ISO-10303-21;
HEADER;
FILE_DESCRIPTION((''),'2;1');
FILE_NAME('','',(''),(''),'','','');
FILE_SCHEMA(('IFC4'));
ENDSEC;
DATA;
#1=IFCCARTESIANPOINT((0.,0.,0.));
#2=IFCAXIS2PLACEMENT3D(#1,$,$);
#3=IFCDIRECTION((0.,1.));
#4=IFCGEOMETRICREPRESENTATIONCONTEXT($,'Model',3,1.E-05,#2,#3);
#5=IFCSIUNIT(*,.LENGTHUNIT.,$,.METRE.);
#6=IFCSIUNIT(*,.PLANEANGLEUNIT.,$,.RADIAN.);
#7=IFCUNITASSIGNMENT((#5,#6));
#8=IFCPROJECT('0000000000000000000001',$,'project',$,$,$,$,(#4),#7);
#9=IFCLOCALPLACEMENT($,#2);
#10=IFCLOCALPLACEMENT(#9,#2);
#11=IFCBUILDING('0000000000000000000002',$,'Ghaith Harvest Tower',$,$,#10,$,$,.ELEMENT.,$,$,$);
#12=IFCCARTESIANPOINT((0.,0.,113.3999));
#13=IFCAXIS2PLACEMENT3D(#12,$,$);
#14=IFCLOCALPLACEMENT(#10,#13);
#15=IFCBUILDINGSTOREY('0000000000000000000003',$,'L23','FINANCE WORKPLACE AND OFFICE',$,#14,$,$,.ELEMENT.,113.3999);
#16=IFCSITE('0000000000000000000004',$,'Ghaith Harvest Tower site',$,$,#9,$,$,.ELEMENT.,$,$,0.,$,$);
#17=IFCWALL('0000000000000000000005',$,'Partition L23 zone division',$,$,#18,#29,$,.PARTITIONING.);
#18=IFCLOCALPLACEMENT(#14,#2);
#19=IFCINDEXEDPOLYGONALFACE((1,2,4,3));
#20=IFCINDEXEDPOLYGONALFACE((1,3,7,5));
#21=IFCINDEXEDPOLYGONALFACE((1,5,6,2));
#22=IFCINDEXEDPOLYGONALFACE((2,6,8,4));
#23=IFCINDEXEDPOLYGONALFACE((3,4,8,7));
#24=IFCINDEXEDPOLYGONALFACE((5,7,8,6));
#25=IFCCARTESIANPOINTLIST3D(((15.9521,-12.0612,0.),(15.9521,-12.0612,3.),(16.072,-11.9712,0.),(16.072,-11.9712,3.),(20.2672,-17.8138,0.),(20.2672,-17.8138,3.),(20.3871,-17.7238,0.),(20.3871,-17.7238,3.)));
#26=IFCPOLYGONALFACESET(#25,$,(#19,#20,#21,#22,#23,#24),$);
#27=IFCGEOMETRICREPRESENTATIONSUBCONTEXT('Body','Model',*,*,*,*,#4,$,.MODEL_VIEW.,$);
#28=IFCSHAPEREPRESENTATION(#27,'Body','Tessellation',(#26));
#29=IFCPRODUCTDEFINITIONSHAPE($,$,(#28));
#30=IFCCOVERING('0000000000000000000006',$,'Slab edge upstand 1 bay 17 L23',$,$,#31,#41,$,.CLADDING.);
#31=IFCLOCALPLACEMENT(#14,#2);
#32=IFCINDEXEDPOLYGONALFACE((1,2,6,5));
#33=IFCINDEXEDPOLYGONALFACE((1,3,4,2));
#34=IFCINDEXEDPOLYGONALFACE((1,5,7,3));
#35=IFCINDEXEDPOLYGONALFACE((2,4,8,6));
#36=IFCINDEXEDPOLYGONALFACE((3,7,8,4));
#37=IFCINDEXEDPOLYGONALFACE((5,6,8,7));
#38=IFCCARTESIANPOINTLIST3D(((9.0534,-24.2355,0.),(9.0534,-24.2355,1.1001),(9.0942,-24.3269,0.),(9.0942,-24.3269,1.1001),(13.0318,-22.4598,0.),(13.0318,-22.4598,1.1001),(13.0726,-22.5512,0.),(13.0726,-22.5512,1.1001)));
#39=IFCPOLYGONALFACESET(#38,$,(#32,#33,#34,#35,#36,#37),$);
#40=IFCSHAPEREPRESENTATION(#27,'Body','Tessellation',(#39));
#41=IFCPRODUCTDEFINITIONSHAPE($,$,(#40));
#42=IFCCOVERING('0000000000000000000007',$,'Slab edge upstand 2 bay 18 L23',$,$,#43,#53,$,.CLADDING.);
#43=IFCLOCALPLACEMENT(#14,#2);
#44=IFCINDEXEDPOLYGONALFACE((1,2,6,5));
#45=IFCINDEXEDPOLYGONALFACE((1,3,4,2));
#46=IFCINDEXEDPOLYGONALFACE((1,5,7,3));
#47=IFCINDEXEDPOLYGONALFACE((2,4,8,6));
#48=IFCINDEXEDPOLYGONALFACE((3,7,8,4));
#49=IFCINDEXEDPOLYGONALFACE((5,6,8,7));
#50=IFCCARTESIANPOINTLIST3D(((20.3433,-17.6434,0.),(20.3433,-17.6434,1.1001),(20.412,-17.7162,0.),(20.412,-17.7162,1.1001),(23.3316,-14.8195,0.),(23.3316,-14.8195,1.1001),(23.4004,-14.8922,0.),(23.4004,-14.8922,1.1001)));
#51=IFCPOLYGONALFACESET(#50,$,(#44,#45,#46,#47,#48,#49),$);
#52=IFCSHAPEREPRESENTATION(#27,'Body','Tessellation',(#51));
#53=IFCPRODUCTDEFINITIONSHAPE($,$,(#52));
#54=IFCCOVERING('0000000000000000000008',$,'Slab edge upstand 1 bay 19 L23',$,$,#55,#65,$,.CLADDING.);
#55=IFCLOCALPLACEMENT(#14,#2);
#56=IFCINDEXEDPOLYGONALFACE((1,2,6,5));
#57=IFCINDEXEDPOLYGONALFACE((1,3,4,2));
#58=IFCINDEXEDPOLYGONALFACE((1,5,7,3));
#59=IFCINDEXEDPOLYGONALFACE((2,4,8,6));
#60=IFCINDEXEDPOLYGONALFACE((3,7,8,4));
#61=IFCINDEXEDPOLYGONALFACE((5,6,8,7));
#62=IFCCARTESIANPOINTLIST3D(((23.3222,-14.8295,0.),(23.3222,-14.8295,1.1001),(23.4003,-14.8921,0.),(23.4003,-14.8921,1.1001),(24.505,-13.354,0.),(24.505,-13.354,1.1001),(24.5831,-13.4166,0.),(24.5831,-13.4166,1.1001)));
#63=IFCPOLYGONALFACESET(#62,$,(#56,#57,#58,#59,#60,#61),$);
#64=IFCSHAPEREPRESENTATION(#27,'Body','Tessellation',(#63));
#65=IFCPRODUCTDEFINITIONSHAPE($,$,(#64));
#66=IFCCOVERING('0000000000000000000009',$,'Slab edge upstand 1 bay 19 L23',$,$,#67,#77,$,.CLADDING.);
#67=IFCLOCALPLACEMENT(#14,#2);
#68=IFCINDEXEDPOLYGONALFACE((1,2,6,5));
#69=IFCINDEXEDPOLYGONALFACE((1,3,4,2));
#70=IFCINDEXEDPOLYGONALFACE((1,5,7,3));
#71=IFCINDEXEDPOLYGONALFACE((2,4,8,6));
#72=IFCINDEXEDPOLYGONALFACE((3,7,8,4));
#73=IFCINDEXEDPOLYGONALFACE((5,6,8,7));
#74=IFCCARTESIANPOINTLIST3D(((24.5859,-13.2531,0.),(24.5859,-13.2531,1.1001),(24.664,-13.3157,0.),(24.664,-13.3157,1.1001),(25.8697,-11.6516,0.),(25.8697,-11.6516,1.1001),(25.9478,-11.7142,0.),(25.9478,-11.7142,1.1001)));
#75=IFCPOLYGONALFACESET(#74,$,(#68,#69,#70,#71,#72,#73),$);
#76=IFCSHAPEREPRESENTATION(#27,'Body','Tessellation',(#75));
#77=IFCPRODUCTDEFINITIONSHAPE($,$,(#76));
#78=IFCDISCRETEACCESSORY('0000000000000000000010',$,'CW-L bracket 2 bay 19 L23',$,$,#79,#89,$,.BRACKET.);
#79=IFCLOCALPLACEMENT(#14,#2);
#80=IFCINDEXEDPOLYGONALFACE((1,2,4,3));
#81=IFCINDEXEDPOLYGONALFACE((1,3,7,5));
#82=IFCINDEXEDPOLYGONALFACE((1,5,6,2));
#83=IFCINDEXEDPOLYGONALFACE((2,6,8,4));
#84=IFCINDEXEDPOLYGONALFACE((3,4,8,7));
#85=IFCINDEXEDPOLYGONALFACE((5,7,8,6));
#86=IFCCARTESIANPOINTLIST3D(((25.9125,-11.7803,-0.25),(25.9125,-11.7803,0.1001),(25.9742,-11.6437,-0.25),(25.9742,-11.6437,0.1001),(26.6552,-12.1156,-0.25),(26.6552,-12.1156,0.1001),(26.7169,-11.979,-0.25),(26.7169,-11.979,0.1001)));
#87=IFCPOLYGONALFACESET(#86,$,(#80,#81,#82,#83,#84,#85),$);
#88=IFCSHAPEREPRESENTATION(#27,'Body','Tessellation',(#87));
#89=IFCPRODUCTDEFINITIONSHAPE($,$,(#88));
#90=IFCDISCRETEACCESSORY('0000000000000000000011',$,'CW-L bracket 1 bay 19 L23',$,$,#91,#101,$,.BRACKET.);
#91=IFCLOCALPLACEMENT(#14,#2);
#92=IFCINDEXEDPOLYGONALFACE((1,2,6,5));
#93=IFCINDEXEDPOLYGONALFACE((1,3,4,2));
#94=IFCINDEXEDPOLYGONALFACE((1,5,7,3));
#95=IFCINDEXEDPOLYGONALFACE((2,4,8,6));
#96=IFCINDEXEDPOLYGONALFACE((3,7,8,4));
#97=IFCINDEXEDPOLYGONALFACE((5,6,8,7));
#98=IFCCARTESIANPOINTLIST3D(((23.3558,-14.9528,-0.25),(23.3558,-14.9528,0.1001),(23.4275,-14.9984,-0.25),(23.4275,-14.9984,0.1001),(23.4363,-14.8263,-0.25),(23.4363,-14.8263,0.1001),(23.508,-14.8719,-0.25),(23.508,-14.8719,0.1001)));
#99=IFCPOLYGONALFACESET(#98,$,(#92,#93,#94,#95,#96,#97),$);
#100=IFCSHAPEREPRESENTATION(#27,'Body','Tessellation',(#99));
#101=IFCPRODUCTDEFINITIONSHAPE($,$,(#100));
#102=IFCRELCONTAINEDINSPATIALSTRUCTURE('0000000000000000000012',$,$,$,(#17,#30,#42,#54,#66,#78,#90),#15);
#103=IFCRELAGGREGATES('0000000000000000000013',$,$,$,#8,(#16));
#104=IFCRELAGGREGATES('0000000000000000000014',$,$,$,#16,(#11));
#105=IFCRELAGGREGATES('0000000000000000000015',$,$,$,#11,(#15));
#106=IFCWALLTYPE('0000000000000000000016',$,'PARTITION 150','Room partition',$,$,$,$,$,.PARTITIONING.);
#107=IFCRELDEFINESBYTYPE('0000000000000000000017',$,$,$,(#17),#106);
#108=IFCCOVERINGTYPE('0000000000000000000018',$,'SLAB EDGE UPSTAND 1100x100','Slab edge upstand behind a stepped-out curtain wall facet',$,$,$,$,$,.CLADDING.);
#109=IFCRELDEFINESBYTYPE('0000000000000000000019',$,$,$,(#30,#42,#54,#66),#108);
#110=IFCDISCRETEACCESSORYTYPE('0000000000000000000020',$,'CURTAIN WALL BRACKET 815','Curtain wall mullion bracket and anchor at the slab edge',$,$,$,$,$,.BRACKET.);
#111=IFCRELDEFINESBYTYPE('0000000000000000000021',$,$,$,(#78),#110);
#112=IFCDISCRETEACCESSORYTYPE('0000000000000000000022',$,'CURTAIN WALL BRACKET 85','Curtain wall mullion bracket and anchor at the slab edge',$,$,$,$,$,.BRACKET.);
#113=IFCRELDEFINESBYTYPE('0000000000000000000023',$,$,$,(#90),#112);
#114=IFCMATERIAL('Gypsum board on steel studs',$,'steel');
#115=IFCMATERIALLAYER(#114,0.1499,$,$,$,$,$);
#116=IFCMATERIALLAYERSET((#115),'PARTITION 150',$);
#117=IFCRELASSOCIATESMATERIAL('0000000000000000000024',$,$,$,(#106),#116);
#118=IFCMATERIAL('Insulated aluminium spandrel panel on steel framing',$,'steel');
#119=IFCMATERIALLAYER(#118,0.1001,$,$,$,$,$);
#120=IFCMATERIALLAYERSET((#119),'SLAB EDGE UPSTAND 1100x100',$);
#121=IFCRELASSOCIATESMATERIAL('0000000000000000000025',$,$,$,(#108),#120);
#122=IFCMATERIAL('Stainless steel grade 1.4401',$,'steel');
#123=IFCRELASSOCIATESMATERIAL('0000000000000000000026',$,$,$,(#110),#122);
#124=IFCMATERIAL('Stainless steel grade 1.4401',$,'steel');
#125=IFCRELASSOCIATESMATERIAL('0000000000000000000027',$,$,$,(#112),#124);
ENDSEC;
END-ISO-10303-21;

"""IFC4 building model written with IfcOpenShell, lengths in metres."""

from ifc_helpers import new_model, si_unit, direction, frame, frame_2d, origin, origin_2d, place, context, subcontext, project, spatial, rectangle, extrude, material, layer, layer_set, type_object, element, save


model = new_model("IFC4")

# Units and contexts
model_context = context("Model", 3, precision=1e-05, world=origin(), true_north=direction((0.0, 1.0)))
body_context = subcontext(model_context, "Body", "Model", "MODEL_VIEW")
ifc_project = project(units=[si_unit("LENGTHUNIT", "METRE"), si_unit("PLANEANGLEUNIT", "RADIAN")], contexts=[model_context])

# Site, building, storey
site_placement = place(None, origin())
site = spatial("IfcSite", under=ifc_project, at=site_placement, Name="Ghaith Harvest Tower site", CompositionType="ELEMENT", RefElevation=0.0)
building_placement = place(site_placement, origin())
building = spatial("IfcBuilding", under=site, at=building_placement, Name="Ghaith Harvest Tower", CompositionType="ELEMENT")
storey_placement = place(building_placement, frame((0.0, 0.0, 113.3999)))
storey = spatial("IfcBuildingStorey", under=building, at=storey_placement, Name="L23", Description="FINANCE WORKPLACE AND OFFICE", CompositionType="ELEMENT", Elevation=113.3999)

# Shared definitions
ifc_material_1 = material(Name="Gypsum board on steel studs", Category="steel")
ifc_layer_1 = layer(ifc_material_1, 0.1499)
ifc_layer_set_1 = layer_set([ifc_layer_1], Name="PARTITION 150")
wall_type = type_object("IfcWallType", Name="PARTITION 150", Description="Room partition", PredefinedType="PARTITIONING", material=ifc_layer_set_1)

# Wall
wall_1_placement = place(storey_placement, frame((16.012, -12.0161, 0.0), z_axis=(0.0, 0.0, 1.0), x_axis=(0.60006, -0.799955, 0.0)))
element("IfcWall", 1, at=wall_1_placement, inside=storey, type_object=wall_type, Name="Partition L23 zone division", PredefinedType="PARTITIONING", context=body_context, shape_type="SweptSolid", body=[
    extrude(rectangle(XDim=7.1912, YDim=0.1499, at=frame_2d((3.5957, 0.0))), origin(), (0.0, 0.0, 1.0), 3.0),
])

# Coverings
ifc_material_2 = material(Name="Insulated aluminium spandrel panel on steel framing", Category="steel")
ifc_layer_2 = layer(ifc_material_2, 0.1001)
ifc_layer_set_2 = layer_set([ifc_layer_2], Name="SLAB EDGE UPSTAND 1100x100")
covering_type = type_object("IfcCoveringType", Name="SLAB EDGE UPSTAND 1100x100", Description="Slab edge upstand behind a stepped-out curtain wall facet", PredefinedType="CLADDING", material=ifc_layer_set_2)
covering_1_placement = place(storey_placement, frame((11.063, -23.3933, 0.0), z_axis=(0.0, 0.0, 1.0), x_axis=(0.91317, 0.407578, 0.0)))
element("IfcCovering", 2, at=covering_1_placement, inside=storey, type_object=covering_type, Name="Slab edge upstand 1 bay 17 L23", PredefinedType="CLADDING", context=body_context, shape_type="SweptSolid", body=[
    extrude(rectangle(XDim=4.3567, YDim=0.1001, at=origin_2d()), origin(), (0.0, 0.0, 1.0), 1.1001),
])
covering_2_placement = place(storey_placement, frame((21.8718, -16.2678, 0.0), z_axis=(0.0, 0.0, 1.0), x_axis=(0.72681, 0.686839, 0.0)))
element("IfcCovering", 3, at=covering_2_placement, inside=storey, type_object=covering_type, Name="Slab edge upstand 2 bay 18 L23", PredefinedType="CLADDING", context=body_context, shape_type="SweptSolid", body=[
    extrude(rectangle(XDim=4.1116, YDim=0.1001, at=origin_2d()), origin(), (0.0, 0.0, 1.0), 1.1001),
])
covering_3_placement = place(storey_placement, frame((23.9526, -14.123, 0.0), z_axis=(0.0, 0.0, 1.0), x_axis=(0.625468, 0.78025, 0.0)))
element("IfcCovering", 4, at=covering_3_placement, inside=storey, type_object=covering_type, Name="Slab edge upstand 1 bay 19 L23", PredefinedType="CLADDING", context=body_context, shape_type="SweptSolid", body=[
    extrude(rectangle(XDim=1.8911, YDim=0.1001, at=origin_2d()), origin(), (0.0, 0.0, 1.0), 1.1001),
])
covering_4_placement = place(storey_placement, frame((25.2668, -12.4836, 0.0), z_axis=(0.0, 0.0, 1.0), x_axis=(0.625468, 0.78025, 0.0)))
element("IfcCovering", 5, at=covering_4_placement, inside=storey, type_object=covering_type, Name="Slab edge upstand 1 bay 19 L23", PredefinedType="CLADDING", context=body_context, shape_type="SweptSolid", body=[
    extrude(rectangle(XDim=2.0525, YDim=0.1001, at=origin_2d()), origin(), (0.0, 0.0, 1.0), 1.1001),
])

# Discrete accessories
ifc_material_3 = material(Name="Stainless steel grade 1.4401", Category="steel")
discrete_accessory_type_1 = type_object("IfcDiscreteAccessoryType", Name="CURTAIN WALL BRACKET 815", Description="Curtain wall mullion bracket and anchor at the slab edge", PredefinedType="BRACKET", material=ifc_material_3)
discrete_accessory_1_placement = place(storey_placement, frame((26.3147, -11.8796, -0.25), z_axis=(0.0, 0.0, 1.0), x_axis=(0.911427, -0.411462, 0.0)))
element("IfcDiscreteAccessory", 6, at=discrete_accessory_1_placement, inside=storey, type_object=discrete_accessory_type_1, Name="CW-L bracket 2 bay 19 L23", PredefinedType="BRACKET", context=body_context, shape_type="SweptSolid", body=[
    extrude(rectangle(XDim=0.8149, YDim=0.1499, at=origin_2d()), origin(), (0.0, 0.0, 1.0), 0.3501),
])
ifc_material_4 = material(Name="Stainless steel grade 1.4401", Category="steel")
discrete_accessory_type_2 = type_object("IfcDiscreteAccessoryType", Name="CURTAIN WALL BRACKET 85", Description="Curtain wall mullion bracket and anchor at the slab edge", PredefinedType="BRACKET", material=ifc_material_4)
discrete_accessory_2_placement = place(storey_placement, frame((23.4319, -14.9124, -0.25), z_axis=(0.0, 0.0, 1.0), x_axis=(0.843644, -0.536903, 0.0)))
element("IfcDiscreteAccessory", 7, at=discrete_accessory_2_placement, inside=storey, type_object=discrete_accessory_type_2, Name="CW-L bracket 1 bay 19 L23", PredefinedType="BRACKET", context=body_context, shape_type="SweptSolid", body=[
    extrude(rectangle(XDim=0.085, YDim=0.1499, at=origin_2d()), origin(), (0.0, 0.0, 1.0), 0.3501),
])

save(model, "model.ifc")
